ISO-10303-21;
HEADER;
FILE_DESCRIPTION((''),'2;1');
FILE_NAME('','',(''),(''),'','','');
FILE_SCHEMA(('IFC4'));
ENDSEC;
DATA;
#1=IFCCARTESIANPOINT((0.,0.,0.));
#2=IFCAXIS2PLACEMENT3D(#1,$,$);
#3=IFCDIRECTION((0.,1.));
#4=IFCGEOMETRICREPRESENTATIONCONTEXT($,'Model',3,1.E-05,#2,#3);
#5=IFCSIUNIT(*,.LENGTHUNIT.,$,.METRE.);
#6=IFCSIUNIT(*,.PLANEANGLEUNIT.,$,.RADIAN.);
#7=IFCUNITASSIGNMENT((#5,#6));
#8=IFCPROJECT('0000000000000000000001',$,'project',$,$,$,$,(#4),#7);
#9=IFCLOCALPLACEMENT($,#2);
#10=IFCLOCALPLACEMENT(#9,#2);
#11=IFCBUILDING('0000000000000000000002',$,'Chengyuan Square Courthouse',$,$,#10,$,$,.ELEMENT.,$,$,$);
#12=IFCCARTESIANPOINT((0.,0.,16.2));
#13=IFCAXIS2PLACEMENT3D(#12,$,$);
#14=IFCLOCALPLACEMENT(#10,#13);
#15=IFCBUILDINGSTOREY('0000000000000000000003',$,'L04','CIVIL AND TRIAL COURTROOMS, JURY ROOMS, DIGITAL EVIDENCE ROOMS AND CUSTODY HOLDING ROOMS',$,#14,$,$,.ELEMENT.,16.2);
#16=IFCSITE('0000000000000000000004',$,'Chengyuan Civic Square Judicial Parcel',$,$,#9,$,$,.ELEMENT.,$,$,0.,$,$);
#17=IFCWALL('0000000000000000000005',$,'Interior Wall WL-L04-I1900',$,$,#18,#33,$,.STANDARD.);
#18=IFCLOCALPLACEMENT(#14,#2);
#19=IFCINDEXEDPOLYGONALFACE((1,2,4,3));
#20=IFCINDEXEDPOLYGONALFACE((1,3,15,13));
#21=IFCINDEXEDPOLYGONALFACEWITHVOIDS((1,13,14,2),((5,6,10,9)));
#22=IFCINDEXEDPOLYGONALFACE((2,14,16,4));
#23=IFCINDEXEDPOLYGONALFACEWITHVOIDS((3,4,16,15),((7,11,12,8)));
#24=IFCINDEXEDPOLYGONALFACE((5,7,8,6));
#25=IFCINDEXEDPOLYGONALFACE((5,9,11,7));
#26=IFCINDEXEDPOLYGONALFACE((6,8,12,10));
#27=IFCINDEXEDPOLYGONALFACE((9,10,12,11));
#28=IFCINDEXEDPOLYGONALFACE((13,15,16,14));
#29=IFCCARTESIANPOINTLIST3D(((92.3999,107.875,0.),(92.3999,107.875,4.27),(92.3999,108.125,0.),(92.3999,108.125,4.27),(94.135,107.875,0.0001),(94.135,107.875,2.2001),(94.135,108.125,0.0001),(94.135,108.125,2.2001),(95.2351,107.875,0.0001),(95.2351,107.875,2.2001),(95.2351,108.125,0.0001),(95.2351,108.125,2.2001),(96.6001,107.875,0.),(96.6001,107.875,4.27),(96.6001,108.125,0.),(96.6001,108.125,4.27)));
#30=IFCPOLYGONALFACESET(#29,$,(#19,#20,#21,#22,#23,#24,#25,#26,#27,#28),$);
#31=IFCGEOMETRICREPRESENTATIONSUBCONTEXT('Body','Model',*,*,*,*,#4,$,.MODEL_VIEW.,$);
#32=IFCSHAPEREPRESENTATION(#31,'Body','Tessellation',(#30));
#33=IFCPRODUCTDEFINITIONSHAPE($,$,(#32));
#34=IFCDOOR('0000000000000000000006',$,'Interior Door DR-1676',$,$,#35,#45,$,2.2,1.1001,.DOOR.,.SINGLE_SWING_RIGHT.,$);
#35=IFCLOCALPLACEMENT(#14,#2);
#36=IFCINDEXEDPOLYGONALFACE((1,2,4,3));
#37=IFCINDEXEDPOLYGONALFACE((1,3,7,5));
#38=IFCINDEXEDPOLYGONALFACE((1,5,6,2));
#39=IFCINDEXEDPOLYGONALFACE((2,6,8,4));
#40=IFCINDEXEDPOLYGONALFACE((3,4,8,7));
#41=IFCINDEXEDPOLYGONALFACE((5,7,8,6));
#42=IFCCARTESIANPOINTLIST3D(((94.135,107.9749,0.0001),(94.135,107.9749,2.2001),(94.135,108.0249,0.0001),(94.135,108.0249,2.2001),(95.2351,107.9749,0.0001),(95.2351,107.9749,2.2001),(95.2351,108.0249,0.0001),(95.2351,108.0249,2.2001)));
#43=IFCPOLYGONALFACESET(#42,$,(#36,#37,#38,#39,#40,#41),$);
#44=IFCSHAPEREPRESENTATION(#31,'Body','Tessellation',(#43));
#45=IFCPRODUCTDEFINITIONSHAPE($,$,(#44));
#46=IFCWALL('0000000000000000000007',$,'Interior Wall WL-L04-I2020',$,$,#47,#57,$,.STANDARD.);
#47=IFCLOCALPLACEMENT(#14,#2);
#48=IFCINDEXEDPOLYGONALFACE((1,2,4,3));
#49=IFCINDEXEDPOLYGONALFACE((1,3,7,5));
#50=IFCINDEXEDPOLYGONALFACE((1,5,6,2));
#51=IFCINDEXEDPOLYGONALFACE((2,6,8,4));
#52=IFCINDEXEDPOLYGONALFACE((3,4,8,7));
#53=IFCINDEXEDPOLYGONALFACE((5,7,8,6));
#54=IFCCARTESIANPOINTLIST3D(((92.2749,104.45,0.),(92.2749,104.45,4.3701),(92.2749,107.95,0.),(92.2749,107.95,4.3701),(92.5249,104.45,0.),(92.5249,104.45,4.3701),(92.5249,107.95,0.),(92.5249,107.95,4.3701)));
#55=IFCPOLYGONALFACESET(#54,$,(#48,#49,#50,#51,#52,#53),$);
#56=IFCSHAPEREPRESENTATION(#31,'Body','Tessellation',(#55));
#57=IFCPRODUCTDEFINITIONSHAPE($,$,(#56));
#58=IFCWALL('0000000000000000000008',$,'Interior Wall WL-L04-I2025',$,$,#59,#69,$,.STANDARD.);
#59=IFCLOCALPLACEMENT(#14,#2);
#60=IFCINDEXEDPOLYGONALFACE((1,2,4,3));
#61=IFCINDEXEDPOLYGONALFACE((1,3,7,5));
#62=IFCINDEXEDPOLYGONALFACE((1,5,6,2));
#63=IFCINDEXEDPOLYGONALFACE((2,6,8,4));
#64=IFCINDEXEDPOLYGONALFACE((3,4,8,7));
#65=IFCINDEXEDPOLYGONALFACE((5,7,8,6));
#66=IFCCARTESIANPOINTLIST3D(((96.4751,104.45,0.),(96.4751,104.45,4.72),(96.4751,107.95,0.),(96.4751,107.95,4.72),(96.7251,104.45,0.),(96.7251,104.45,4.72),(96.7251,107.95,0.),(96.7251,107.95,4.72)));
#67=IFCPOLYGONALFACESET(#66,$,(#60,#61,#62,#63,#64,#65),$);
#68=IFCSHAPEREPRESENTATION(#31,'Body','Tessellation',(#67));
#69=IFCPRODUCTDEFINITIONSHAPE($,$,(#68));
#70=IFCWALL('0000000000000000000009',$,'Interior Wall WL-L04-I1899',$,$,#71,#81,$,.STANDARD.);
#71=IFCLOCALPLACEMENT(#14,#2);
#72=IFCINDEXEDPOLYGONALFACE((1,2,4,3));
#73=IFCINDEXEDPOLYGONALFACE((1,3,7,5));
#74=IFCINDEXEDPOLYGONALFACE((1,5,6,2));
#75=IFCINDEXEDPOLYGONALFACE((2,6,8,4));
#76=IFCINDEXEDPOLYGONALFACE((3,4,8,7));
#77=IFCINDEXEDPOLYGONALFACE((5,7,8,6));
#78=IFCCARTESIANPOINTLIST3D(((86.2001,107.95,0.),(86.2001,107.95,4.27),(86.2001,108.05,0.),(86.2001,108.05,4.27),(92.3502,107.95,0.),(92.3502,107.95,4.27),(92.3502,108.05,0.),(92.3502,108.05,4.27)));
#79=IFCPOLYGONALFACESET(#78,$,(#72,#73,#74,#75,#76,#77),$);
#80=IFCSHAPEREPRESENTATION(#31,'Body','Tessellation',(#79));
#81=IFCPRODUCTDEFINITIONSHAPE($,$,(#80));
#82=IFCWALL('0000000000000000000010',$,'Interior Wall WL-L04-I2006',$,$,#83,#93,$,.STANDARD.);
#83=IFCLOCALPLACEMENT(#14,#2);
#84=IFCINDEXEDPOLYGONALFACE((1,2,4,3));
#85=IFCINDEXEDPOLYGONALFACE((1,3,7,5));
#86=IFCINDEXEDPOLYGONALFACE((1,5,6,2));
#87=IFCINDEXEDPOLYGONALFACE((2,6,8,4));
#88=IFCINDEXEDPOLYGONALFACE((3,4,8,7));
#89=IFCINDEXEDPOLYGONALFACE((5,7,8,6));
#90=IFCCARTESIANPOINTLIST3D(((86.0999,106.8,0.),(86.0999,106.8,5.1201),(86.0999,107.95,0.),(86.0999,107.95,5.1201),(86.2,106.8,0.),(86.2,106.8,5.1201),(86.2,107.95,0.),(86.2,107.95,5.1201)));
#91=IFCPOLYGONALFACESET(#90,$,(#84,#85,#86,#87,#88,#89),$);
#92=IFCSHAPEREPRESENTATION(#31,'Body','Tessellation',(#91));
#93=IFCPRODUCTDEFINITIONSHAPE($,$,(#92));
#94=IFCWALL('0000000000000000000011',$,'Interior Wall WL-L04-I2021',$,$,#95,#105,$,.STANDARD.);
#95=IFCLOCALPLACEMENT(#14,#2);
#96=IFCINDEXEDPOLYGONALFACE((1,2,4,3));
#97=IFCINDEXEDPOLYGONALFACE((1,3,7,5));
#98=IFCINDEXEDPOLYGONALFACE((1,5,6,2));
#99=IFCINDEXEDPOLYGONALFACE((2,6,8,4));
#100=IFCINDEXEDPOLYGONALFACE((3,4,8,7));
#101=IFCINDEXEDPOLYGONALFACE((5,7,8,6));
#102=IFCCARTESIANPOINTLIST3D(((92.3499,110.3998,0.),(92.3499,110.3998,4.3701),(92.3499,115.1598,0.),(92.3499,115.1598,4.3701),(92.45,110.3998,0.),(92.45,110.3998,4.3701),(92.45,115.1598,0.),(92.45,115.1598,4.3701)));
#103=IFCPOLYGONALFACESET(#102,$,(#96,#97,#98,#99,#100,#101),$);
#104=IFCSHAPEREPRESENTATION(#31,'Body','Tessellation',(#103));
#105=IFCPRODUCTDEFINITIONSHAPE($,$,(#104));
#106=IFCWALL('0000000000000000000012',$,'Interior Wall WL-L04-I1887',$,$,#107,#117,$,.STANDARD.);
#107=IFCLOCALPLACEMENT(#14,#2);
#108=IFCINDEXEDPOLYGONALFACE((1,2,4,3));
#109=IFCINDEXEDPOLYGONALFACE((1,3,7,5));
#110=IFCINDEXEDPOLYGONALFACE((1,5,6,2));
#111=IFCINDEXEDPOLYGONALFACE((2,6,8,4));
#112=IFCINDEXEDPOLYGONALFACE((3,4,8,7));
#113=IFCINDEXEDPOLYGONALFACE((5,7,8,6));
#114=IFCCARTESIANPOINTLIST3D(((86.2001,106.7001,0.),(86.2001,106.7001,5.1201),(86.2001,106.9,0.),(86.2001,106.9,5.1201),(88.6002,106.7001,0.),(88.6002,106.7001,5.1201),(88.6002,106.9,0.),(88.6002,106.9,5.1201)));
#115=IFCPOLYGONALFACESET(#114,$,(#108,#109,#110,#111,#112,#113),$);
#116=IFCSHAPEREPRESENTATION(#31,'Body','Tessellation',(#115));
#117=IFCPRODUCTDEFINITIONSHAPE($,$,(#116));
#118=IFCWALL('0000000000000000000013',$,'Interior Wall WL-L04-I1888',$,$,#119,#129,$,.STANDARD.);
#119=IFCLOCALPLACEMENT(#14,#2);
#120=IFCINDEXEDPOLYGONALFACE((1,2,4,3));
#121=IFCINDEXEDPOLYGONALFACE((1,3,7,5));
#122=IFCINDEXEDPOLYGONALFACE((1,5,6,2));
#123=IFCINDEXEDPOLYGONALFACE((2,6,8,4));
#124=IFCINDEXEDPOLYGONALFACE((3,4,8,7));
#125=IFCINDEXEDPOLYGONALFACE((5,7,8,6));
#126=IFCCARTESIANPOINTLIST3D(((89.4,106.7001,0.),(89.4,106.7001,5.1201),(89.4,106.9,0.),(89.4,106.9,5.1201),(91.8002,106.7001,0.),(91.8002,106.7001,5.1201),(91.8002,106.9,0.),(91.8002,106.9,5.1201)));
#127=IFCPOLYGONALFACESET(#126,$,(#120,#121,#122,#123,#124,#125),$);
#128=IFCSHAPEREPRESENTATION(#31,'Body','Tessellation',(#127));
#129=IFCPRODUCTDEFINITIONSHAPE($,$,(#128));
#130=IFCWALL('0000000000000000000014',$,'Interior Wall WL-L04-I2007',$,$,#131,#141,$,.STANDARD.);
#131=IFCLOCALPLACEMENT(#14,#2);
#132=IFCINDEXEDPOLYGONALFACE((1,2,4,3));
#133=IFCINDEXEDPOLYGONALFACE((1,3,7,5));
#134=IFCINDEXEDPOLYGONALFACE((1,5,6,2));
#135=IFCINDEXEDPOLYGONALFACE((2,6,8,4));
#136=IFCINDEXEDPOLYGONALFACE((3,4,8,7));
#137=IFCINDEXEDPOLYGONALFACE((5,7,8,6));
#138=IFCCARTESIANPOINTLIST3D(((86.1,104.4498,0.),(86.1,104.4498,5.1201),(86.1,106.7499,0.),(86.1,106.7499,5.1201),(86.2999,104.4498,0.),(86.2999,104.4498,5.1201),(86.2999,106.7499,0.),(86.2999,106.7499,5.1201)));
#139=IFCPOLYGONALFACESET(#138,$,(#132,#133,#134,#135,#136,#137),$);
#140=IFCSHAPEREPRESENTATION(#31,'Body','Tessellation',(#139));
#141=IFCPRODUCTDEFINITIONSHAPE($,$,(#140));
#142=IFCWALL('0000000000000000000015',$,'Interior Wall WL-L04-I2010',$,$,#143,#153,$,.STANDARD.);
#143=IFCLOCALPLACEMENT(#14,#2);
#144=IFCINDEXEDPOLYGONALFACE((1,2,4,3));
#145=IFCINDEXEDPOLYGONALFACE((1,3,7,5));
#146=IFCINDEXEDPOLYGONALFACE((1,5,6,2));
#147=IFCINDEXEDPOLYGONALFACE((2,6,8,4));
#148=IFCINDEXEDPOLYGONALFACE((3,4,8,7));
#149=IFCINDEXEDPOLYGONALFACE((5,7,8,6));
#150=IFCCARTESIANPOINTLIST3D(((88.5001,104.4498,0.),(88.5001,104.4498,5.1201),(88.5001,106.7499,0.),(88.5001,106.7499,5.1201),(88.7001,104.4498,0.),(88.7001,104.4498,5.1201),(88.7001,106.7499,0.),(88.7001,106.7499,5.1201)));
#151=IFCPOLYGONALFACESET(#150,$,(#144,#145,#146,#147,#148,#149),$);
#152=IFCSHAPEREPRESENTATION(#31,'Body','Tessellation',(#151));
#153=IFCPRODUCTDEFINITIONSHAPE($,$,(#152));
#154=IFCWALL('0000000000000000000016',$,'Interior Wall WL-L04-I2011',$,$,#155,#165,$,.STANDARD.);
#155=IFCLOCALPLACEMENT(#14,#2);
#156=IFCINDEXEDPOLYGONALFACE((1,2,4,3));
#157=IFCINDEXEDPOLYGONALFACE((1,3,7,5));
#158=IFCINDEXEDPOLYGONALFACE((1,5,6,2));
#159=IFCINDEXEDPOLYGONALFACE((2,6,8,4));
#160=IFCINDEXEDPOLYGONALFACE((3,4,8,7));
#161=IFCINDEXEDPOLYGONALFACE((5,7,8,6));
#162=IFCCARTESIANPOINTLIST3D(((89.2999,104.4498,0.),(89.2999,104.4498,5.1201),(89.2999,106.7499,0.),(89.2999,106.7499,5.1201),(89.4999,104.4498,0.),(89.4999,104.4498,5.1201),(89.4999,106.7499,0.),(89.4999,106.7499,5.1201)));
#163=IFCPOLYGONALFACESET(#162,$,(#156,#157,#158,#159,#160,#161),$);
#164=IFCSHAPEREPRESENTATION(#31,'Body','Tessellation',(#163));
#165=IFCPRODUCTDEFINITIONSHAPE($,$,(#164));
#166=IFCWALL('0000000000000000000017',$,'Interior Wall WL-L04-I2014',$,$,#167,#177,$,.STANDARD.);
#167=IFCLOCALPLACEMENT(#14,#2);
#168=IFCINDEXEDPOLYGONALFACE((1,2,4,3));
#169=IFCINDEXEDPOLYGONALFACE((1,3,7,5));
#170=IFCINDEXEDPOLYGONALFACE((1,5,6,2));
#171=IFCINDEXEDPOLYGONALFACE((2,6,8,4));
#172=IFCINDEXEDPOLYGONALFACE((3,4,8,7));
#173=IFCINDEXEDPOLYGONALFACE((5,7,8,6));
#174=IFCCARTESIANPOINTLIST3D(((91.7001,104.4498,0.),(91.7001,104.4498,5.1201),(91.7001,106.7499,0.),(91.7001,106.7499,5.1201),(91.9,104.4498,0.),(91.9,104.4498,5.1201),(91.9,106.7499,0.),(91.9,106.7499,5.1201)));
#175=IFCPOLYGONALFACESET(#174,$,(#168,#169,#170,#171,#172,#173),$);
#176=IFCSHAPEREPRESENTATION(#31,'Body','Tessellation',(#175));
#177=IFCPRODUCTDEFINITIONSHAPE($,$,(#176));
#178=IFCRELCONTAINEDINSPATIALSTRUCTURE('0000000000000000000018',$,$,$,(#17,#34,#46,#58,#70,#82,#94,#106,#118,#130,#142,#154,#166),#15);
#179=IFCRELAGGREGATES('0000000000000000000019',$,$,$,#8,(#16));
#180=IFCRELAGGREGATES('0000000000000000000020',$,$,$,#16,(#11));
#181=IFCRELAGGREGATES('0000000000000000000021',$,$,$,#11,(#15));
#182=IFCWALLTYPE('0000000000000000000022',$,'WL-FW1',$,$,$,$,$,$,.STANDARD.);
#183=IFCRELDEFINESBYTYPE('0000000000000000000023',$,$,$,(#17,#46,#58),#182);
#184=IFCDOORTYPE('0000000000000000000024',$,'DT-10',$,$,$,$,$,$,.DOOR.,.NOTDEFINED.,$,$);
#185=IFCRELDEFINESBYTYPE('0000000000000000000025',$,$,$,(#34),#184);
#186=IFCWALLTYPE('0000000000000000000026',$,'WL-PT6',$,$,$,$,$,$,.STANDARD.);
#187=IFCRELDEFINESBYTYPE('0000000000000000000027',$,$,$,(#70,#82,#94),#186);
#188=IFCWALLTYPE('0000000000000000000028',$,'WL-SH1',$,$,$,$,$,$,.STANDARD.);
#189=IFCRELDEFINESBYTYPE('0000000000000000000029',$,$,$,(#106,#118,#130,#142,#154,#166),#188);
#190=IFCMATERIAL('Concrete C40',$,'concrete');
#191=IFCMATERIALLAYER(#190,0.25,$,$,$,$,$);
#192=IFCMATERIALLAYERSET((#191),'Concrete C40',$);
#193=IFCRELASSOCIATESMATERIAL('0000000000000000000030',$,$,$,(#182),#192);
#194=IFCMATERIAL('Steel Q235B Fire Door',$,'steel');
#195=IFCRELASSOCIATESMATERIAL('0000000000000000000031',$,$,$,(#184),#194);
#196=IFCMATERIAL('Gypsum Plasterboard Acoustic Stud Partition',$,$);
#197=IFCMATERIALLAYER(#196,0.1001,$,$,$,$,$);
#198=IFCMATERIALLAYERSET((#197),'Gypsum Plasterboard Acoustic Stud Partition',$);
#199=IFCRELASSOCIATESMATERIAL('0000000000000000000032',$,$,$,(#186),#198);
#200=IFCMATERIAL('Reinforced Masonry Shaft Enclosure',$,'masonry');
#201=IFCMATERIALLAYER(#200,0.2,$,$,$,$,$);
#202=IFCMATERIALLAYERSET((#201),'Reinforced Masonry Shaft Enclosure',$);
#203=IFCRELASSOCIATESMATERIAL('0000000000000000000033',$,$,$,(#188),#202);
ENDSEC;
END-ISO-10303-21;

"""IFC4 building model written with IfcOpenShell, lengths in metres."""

from ifc_helpers import new_model, si_unit, direction, frame, frame_2d, origin, place, context, subcontext, project, spatial, rectangle, extrude, material, layer, layer_set, type_object, element, fill, save


model = new_model("IFC4")

# Units and contexts
model_context = context("Model", 3, precision=1e-05, world=origin(), true_north=direction((0.0, 1.0)))
body_context = subcontext(model_context, "Body", "Model", "MODEL_VIEW")
ifc_project = project(units=[si_unit("LENGTHUNIT", "METRE"), si_unit("PLANEANGLEUNIT", "RADIAN")], contexts=[model_context])

# Site, building, storey
site_placement = place(None, origin())
site = spatial("IfcSite", under=ifc_project, at=site_placement, Name="Chengyuan Civic Square Judicial Parcel", CompositionType="ELEMENT", RefElevation=0.0)
building_placement = place(site_placement, origin())
building = spatial("IfcBuilding", under=site, at=building_placement, Name="Chengyuan Square Courthouse", CompositionType="ELEMENT")
storey_placement = place(building_placement, frame((0.0, 0.0, 16.2)))
storey = spatial("IfcBuildingStorey", under=building, at=storey_placement, Name="L04", Description="CIVIL AND TRIAL COURTROOMS, JURY ROOMS, DIGITAL EVIDENCE ROOMS AND CUSTODY HOLDING ROOMS", CompositionType="ELEMENT", Elevation=16.2)

# Shared definitions
ifc_material_1 = material(Name="Concrete C40", Category="concrete")

# Wall, opening, door
ifc_layer_1 = layer(ifc_material_1, 0.25)
ifc_layer_set_1 = layer_set([ifc_layer_1], Name="Concrete C40")
wall_type_1 = type_object("IfcWallType", Name="WL-FW1", PredefinedType="STANDARD", material=ifc_layer_set_1)
ifc_material_2 = material(Name="Steel Q235B Fire Door", Category="steel")
wall_1_placement = place(storey_placement, frame((92.3999, 108.0, 0.0), z_axis=(0.0, 0.0, 1.0), x_axis=(1.0, 0.0, 0.0)))
wall_1 = element("IfcWall", 1, at=wall_1_placement, inside=storey, type_object=wall_type_1, Name="Interior Wall WL-L04-I1900", PredefinedType="STANDARD", context=body_context, shape_type="SweptSolid", body=[
    extrude(rectangle(XDim=4.2002, YDim=0.25, at=frame_2d((2.1001, 0.0))), origin(), (0.0, 0.0, 1.0), 4.27),
])
opening_1_placement = place(wall_1_placement, frame((1.7351, 0.0, 0.0)))
opening_1 = element("IfcOpeningElement", 2, at=opening_1_placement, cuts=wall_1, PredefinedType="OPENING", context=body_context, shape_type="SweptSolid", body=[
    extrude(rectangle(XDim=1.1001, YDim=2.2, at=frame_2d((0.55, 1.1001))), frame((0.0, 0.137, 0.0), z_axis=(0.0, -1.0, 0.0), x_axis=(1.0, 0.0, 0.0)), (0.0, 0.0, 1.0), 0.2739),
])
door_type_1 = type_object("IfcDoorType", Name="DT-10", OperationType="NOTDEFINED", PredefinedType="DOOR", material=ifc_material_2)
door_1_placement = place(opening_1_placement, origin())
door_1 = element("IfcDoor", 3, at=door_1_placement, inside=storey, type_object=door_type_1, Name="Interior Door DR-1676", OperationType="SINGLE_SWING_RIGHT", OverallHeight=2.2, OverallWidth=1.1001, PredefinedType="DOOR", context=body_context, shape_type="SweptSolid", body=[
    extrude(rectangle(XDim=1.1001, YDim=2.2, at=frame_2d((0.55, 1.1001))), frame((0.0, 0.0249, 0.0), z_axis=(0.0, -1.0, 0.0), x_axis=(1.0, 0.0, 0.0)), (0.0, 0.0, 1.0), 0.05),
])
fill(opening_1, door_1)

# Walls
wall_2_placement = place(storey_placement, frame((92.3999, 104.45, 0.0), z_axis=(0.0, 0.0, 1.0), x_axis=(0.0, 1.0, 0.0)))
element("IfcWall", 4, at=wall_2_placement, inside=storey, type_object=wall_type_1, Name="Interior Wall WL-L04-I2020", PredefinedType="STANDARD", context=body_context, shape_type="SweptSolid", body=[
    extrude(rectangle(XDim=3.5, YDim=0.25, at=frame_2d((1.75, 0.0))), origin(), (0.0, 0.0, 1.0), 4.3701),
])
wall_3_placement = place(storey_placement, frame((96.6001, 104.45, 0.0), z_axis=(0.0, 0.0, 1.0), x_axis=(0.0, 1.0, 0.0)))
element("IfcWall", 5, at=wall_3_placement, inside=storey, type_object=wall_type_1, Name="Interior Wall WL-L04-I2025", PredefinedType="STANDARD", context=body_context, shape_type="SweptSolid", body=[
    extrude(rectangle(XDim=3.5, YDim=0.25, at=frame_2d((1.75, 0.0))), origin(), (0.0, 0.0, 1.0), 4.72),
])
ifc_material_3 = material(Name="Gypsum Plasterboard Acoustic Stud Partition")
ifc_layer_2 = layer(ifc_material_3, 0.1001)
ifc_layer_set_2 = layer_set([ifc_layer_2], Name="Gypsum Plasterboard Acoustic Stud Partition")
wall_type_2 = type_object("IfcWallType", Name="WL-PT6", PredefinedType="STANDARD", material=ifc_layer_set_2)
wall_4_placement = place(storey_placement, frame((86.2, 108.0, 0.0), z_axis=(0.0, 0.0, 1.0), x_axis=(1.0, 0.0, 0.0)))
element("IfcWall", 6, at=wall_4_placement, inside=storey, type_object=wall_type_2, Name="Interior Wall WL-L04-I1899", PredefinedType="STANDARD", context=body_context, shape_type="SweptSolid", body=[
    extrude(rectangle(XDim=6.1501, YDim=0.1001, at=frame_2d((3.0752, 0.0))), origin(), (0.0, 0.0, 1.0), 4.27),
])
wall_5_placement = place(storey_placement, frame((86.1499, 106.8, 0.0), z_axis=(0.0, 0.0, 1.0), x_axis=(0.0, 1.0, 0.0)))
element("IfcWall", 7, at=wall_5_placement, inside=storey, type_object=wall_type_2, Name="Interior Wall WL-L04-I2006", PredefinedType="STANDARD", context=body_context, shape_type="SweptSolid", body=[
    extrude(rectangle(XDim=1.1499, YDim=0.1001, at=frame_2d((0.575, 0.0))), origin(), (0.0, 0.0, 1.0), 5.1201),
])
wall_6_placement = place(storey_placement, frame((92.3999, 110.3999, 0.0), z_axis=(0.0, 0.0, 1.0), x_axis=(0.0, 1.0, 0.0)))
element("IfcWall", 8, at=wall_6_placement, inside=storey, type_object=wall_type_2, Name="Interior Wall WL-L04-I2021", PredefinedType="STANDARD", context=body_context, shape_type="SweptSolid", body=[
    extrude(rectangle(XDim=4.76, YDim=0.1001, at=frame_2d((2.3799, 0.0))), origin(), (0.0, 0.0, 1.0), 4.3701),
])

# Shared definitions
ifc_material_4 = material(Name="Reinforced Masonry Shaft Enclosure", Category="masonry")
ifc_layer_3 = layer(ifc_material_4, 0.2)
ifc_layer_set_3 = layer_set([ifc_layer_3], Name="Reinforced Masonry Shaft Enclosure")
wall_type_3 = type_object("IfcWallType", Name="WL-SH1", PredefinedType="STANDARD", material=ifc_layer_set_3)

# Walls
for number, where, z_axis, x_axis, name in (
    (9, (86.2, 106.8, 0.0), (0.0, 0.0, 1.0), (1.0, 0.0, 0.0), "Interior Wall WL-L04-I1887"),
    (10, (89.3999, 106.8, 0.0), (0.0, 0.0, 1.0), (1.0, 0.0, 0.0), "Interior Wall WL-L04-I1888"),
):
    element("IfcWall", number, at=place(storey_placement, frame(where, z_axis=z_axis, x_axis=x_axis)), inside=storey, type_object=wall_type_3, Name=name, PredefinedType="STANDARD", context=body_context, shape_type="SweptSolid", body=[
        extrude(rectangle(XDim=2.4001, YDim=0.2, at=frame_2d((1.2002, 0.0))), origin(), (0.0, 0.0, 1.0), 5.1201),
    ])
for number, where, z_axis, x_axis, name in (
    (11, (86.2, 104.45, 0.0), (0.0, 0.0, 1.0), (0.0, 1.0, 0.0), "Interior Wall WL-L04-I2007"),
    (12, (88.6001, 104.45, 0.0), (0.0, 0.0, 1.0), (0.0, 1.0, 0.0), "Interior Wall WL-L04-I2010"),
    (13, (89.3999, 104.45, 0.0), (0.0, 0.0, 1.0), (0.0, 1.0, 0.0), "Interior Wall WL-L04-I2011"),
    (14, (91.8, 104.45, 0.0), (0.0, 0.0, 1.0), (0.0, 1.0, 0.0), "Interior Wall WL-L04-I2014"),
):
    element("IfcWall", number, at=place(storey_placement, frame(where, z_axis=z_axis, x_axis=x_axis)), inside=storey, type_object=wall_type_3, Name=name, PredefinedType="STANDARD", context=body_context, shape_type="SweptSolid", body=[
        extrude(rectangle(XDim=2.3, YDim=0.2, at=frame_2d((1.1499, 0.0))), origin(), (0.0, 0.0, 1.0), 5.1201),
    ])

save(model, "model.ifc")
